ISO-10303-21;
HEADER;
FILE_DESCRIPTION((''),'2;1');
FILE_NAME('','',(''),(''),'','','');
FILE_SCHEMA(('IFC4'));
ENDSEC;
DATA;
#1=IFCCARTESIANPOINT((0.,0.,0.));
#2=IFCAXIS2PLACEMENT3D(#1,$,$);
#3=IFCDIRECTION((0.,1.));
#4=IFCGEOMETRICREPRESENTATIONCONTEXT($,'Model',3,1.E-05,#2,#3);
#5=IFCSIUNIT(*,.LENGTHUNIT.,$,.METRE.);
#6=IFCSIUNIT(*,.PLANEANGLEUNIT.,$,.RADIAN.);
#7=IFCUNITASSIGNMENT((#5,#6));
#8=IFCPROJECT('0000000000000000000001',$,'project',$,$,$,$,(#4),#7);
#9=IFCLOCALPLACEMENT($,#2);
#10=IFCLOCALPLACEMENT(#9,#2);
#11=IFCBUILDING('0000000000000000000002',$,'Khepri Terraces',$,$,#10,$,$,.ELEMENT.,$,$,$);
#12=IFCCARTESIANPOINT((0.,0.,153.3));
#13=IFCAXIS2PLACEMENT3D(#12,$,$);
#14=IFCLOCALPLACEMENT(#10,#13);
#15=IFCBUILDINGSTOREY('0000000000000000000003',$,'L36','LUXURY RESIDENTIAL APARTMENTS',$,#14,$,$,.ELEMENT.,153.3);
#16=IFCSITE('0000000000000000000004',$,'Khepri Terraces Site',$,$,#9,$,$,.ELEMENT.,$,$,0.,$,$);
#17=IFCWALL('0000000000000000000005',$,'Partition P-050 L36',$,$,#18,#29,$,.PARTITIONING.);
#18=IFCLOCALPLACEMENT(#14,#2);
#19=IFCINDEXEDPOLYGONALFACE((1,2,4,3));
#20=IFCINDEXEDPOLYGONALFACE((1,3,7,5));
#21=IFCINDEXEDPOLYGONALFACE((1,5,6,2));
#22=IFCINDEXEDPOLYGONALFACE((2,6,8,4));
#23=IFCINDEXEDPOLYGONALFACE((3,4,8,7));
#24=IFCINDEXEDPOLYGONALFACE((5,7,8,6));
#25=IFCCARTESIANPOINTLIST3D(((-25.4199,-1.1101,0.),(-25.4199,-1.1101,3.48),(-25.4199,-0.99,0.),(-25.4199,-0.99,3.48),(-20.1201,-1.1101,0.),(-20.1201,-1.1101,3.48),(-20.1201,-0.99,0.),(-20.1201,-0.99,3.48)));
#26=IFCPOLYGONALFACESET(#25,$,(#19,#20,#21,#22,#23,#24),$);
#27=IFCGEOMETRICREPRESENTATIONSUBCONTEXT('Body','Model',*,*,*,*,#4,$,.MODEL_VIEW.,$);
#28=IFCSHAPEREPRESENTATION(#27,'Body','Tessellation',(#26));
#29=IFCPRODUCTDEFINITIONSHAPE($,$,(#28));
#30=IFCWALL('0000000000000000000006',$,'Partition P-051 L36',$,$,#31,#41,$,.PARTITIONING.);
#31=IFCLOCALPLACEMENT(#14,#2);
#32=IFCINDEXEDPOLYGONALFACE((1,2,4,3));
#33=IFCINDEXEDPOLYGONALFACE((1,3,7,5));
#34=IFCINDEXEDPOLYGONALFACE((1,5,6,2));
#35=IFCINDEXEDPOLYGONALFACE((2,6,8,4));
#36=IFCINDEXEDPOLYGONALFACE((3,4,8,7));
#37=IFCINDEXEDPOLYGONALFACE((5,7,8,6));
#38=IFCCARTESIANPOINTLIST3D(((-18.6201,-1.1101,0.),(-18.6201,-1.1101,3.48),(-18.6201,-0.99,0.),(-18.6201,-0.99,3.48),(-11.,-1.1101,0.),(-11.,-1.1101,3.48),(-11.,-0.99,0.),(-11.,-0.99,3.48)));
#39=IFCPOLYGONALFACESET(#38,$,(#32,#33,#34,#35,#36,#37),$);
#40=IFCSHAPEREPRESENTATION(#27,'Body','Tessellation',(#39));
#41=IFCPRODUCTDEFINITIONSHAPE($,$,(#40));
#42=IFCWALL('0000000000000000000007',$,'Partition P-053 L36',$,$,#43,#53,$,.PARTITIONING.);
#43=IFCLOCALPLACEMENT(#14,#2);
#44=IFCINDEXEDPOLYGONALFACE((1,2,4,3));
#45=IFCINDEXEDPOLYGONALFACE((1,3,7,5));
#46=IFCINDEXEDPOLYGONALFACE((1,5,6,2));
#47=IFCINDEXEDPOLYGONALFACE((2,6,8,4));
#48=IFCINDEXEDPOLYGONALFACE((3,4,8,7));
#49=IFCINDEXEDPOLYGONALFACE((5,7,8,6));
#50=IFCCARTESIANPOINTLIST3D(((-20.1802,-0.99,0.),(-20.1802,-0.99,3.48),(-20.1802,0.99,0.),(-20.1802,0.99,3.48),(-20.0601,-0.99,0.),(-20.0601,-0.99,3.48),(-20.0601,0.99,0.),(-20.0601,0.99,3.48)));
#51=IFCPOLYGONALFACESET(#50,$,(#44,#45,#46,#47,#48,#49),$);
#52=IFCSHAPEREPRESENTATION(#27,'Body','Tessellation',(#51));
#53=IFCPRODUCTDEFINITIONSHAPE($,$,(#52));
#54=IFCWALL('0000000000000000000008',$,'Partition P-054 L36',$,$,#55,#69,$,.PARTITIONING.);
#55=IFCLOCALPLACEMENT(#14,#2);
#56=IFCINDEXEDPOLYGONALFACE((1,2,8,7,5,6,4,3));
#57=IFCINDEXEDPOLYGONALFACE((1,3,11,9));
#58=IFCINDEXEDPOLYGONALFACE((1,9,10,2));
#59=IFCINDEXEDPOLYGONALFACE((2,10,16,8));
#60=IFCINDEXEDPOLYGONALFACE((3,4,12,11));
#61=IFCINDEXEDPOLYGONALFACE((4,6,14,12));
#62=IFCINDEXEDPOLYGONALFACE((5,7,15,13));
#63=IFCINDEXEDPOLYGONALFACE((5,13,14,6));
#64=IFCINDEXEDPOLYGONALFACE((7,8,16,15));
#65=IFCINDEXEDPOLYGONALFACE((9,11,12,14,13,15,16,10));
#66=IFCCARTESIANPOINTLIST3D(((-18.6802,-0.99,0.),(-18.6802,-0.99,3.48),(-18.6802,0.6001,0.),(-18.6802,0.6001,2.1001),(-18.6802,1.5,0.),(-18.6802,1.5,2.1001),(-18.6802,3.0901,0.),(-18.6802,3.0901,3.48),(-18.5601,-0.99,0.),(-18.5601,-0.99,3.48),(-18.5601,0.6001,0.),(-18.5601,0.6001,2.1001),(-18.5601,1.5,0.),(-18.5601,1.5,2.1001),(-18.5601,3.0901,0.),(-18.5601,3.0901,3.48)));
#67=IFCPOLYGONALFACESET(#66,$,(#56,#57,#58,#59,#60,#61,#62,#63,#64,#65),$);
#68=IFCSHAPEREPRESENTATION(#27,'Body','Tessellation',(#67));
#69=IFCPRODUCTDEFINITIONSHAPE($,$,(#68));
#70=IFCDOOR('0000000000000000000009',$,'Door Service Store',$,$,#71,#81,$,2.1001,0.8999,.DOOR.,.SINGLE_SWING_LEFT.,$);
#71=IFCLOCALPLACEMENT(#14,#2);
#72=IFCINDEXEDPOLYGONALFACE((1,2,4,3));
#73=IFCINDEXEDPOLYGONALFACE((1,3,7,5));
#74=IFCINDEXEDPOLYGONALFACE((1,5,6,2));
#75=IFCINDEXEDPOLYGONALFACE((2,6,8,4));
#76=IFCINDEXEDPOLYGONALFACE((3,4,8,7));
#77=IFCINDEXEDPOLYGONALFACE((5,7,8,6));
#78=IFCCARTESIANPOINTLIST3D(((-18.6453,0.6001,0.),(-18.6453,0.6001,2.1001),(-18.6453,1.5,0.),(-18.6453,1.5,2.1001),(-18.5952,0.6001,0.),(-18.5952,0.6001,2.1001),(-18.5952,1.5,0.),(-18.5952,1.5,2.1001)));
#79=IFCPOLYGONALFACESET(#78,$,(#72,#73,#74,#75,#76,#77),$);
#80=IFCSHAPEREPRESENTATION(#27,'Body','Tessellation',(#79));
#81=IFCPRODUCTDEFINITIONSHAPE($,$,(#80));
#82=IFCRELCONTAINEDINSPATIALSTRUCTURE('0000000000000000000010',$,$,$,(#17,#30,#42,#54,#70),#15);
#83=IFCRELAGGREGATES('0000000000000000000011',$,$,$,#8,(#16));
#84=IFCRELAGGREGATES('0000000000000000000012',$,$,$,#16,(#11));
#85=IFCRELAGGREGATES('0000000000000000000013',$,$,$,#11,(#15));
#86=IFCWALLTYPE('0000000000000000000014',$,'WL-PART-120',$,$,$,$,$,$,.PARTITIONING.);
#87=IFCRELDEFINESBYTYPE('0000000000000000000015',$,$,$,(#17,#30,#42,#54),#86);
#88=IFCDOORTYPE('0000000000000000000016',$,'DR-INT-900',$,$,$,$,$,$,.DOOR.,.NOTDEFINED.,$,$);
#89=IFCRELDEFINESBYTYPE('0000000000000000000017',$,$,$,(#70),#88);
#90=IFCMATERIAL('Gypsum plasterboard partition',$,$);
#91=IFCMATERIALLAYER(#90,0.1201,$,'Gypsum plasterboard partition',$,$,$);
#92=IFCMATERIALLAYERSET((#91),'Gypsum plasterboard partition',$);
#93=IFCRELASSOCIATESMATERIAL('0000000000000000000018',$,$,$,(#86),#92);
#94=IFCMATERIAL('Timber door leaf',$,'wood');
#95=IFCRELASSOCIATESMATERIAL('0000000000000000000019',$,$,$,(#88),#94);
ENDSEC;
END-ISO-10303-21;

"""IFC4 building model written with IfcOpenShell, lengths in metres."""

from ifc_helpers import new_model, si_unit, direction, frame, frame_2d, origin, place, context, subcontext, project, spatial, rectangle, extrude, material, layer, layer_set, type_object, element, fill, save


model = new_model("IFC4")

# Units and contexts
model_context = context("Model", 3, precision=1e-05, world=origin(), true_north=direction((0.0, 1.0)))
body_context = subcontext(model_context, "Body", "Model", "MODEL_VIEW")
ifc_project = project(units=[si_unit("LENGTHUNIT", "METRE"), si_unit("PLANEANGLEUNIT", "RADIAN")], contexts=[model_context])

# Site, building, storey
site_placement = place(None, origin())
site = spatial("IfcSite", under=ifc_project, at=site_placement, Name="Khepri Terraces Site", CompositionType="ELEMENT", RefElevation=0.0)
building_placement = place(site_placement, origin())
building = spatial("IfcBuilding", under=site, at=building_placement, Name="Khepri Terraces", CompositionType="ELEMENT")
storey_placement = place(building_placement, frame((0.0, 0.0, 153.3)))
storey = spatial("IfcBuildingStorey", under=building, at=storey_placement, Name="L36", Description="LUXURY RESIDENTIAL APARTMENTS", CompositionType="ELEMENT", Elevation=153.3)

# Shared definitions
ifc_material_1 = material(Name="Gypsum plasterboard partition")
ifc_layer_1 = layer(ifc_material_1, 0.1201, Name="Gypsum plasterboard partition")
ifc_layer_set_1 = layer_set([ifc_layer_1], Name="Gypsum plasterboard partition")
wall_type_1 = type_object("IfcWallType", Name="WL-PART-120", PredefinedType="PARTITIONING", material=ifc_layer_set_1)

# Shared definitions
ifc_material_2 = material(Name="Timber door leaf", Category="wood")
door_type_1 = type_object("IfcDoorType", Name="DR-INT-900", OperationType="NOTDEFINED", PredefinedType="DOOR", material=ifc_material_2)

# Walls
wall_1_placement = place(storey_placement, frame((-25.4199, -1.05, 0.0), z_axis=(0.0, 0.0, 1.0), x_axis=(1.0, 0.0, 0.0)))
element("IfcWall", 1, at=wall_1_placement, inside=storey, type_object=wall_type_1, Name="Partition P-050 L36", PredefinedType="PARTITIONING", context=body_context, shape_type="SweptSolid", body=[
    extrude(rectangle(XDim=5.2998, YDim=0.1201, at=frame_2d((2.6499, 0.0))), origin(), (0.0, 0.0, 1.0), 3.48),
])
wall_2_placement = place(storey_placement, frame((-18.6201, -1.05, 0.0), z_axis=(0.0, 0.0, 1.0), x_axis=(1.0, 0.0, 0.0)))
element("IfcWall", 2, at=wall_2_placement, inside=storey, type_object=wall_type_1, Name="Partition P-051 L36", PredefinedType="PARTITIONING", context=body_context, shape_type="SweptSolid", body=[
    extrude(rectangle(XDim=7.6201, YDim=0.1201, at=frame_2d((3.8101, 0.0))), origin(), (0.0, 0.0, 1.0), 3.48),
])
wall_3_placement = place(storey_placement, frame((-20.1201, -0.99, 0.0), z_axis=(0.0, 0.0, 1.0), x_axis=(0.0, 1.0, 0.0)))
element("IfcWall", 3, at=wall_3_placement, inside=storey, type_object=wall_type_1, Name="Partition P-053 L36", PredefinedType="PARTITIONING", context=body_context, shape_type="SweptSolid", body=[
    extrude(rectangle(XDim=1.98, YDim=0.1201, at=frame_2d((0.99, 0.0))), origin(), (0.0, 0.0, 1.0), 3.48),
])

# Wall, opening, door
wall_4_placement = place(storey_placement, frame((-18.6201, -0.99, 0.0), z_axis=(0.0, 0.0, 1.0), x_axis=(0.0, 1.0, 0.0)))
wall_4 = element("IfcWall", 4, at=wall_4_placement, inside=storey, type_object=wall_type_1, Name="Partition P-054 L36", PredefinedType="PARTITIONING", context=body_context, shape_type="SweptSolid", body=[
    extrude(rectangle(XDim=4.0801, YDim=0.1201, at=frame_2d((2.04, 0.0))), origin(), (0.0, 0.0, 1.0), 3.48),
])
opening_1_placement = place(wall_4_placement, frame((1.5901, 0.0, 0.0)))
opening_1 = element("IfcOpeningElement", 5, at=opening_1_placement, cuts=wall_4, PredefinedType="OPENING", context=body_context, shape_type="SweptSolid", body=[
    extrude(rectangle(XDim=0.8999, YDim=2.1001, at=frame_2d((0.45, 1.05))), frame((0.0, 0.0701, 0.0), z_axis=(0.0, -1.0, 0.0), x_axis=(1.0, 0.0, 0.0)), (0.0, 0.0, 1.0), 0.1401),
])
door_1_placement = place(opening_1_placement, frame((0.8999, 0.0, 0.0), z_axis=(0.0, 0.0, 1.0), x_axis=(-1.0, 0.0, 0.0)))
door_1 = element("IfcDoor", 6, at=door_1_placement, inside=storey, type_object=door_type_1, Name="Door Service Store", OperationType="SINGLE_SWING_LEFT", OverallHeight=2.1001, OverallWidth=0.8999, PredefinedType="DOOR", context=body_context, shape_type="SweptSolid", body=[
    extrude(rectangle(XDim=0.8999, YDim=2.1001, at=frame_2d((0.45, 1.05))), frame((0.0, 0.0249, 0.0), z_axis=(0.0, -1.0, 0.0), x_axis=(1.0, 0.0, 0.0)), (0.0, 0.0, 1.0), 0.05),
])
fill(opening_1, door_1)

save(model, "model.ifc")
